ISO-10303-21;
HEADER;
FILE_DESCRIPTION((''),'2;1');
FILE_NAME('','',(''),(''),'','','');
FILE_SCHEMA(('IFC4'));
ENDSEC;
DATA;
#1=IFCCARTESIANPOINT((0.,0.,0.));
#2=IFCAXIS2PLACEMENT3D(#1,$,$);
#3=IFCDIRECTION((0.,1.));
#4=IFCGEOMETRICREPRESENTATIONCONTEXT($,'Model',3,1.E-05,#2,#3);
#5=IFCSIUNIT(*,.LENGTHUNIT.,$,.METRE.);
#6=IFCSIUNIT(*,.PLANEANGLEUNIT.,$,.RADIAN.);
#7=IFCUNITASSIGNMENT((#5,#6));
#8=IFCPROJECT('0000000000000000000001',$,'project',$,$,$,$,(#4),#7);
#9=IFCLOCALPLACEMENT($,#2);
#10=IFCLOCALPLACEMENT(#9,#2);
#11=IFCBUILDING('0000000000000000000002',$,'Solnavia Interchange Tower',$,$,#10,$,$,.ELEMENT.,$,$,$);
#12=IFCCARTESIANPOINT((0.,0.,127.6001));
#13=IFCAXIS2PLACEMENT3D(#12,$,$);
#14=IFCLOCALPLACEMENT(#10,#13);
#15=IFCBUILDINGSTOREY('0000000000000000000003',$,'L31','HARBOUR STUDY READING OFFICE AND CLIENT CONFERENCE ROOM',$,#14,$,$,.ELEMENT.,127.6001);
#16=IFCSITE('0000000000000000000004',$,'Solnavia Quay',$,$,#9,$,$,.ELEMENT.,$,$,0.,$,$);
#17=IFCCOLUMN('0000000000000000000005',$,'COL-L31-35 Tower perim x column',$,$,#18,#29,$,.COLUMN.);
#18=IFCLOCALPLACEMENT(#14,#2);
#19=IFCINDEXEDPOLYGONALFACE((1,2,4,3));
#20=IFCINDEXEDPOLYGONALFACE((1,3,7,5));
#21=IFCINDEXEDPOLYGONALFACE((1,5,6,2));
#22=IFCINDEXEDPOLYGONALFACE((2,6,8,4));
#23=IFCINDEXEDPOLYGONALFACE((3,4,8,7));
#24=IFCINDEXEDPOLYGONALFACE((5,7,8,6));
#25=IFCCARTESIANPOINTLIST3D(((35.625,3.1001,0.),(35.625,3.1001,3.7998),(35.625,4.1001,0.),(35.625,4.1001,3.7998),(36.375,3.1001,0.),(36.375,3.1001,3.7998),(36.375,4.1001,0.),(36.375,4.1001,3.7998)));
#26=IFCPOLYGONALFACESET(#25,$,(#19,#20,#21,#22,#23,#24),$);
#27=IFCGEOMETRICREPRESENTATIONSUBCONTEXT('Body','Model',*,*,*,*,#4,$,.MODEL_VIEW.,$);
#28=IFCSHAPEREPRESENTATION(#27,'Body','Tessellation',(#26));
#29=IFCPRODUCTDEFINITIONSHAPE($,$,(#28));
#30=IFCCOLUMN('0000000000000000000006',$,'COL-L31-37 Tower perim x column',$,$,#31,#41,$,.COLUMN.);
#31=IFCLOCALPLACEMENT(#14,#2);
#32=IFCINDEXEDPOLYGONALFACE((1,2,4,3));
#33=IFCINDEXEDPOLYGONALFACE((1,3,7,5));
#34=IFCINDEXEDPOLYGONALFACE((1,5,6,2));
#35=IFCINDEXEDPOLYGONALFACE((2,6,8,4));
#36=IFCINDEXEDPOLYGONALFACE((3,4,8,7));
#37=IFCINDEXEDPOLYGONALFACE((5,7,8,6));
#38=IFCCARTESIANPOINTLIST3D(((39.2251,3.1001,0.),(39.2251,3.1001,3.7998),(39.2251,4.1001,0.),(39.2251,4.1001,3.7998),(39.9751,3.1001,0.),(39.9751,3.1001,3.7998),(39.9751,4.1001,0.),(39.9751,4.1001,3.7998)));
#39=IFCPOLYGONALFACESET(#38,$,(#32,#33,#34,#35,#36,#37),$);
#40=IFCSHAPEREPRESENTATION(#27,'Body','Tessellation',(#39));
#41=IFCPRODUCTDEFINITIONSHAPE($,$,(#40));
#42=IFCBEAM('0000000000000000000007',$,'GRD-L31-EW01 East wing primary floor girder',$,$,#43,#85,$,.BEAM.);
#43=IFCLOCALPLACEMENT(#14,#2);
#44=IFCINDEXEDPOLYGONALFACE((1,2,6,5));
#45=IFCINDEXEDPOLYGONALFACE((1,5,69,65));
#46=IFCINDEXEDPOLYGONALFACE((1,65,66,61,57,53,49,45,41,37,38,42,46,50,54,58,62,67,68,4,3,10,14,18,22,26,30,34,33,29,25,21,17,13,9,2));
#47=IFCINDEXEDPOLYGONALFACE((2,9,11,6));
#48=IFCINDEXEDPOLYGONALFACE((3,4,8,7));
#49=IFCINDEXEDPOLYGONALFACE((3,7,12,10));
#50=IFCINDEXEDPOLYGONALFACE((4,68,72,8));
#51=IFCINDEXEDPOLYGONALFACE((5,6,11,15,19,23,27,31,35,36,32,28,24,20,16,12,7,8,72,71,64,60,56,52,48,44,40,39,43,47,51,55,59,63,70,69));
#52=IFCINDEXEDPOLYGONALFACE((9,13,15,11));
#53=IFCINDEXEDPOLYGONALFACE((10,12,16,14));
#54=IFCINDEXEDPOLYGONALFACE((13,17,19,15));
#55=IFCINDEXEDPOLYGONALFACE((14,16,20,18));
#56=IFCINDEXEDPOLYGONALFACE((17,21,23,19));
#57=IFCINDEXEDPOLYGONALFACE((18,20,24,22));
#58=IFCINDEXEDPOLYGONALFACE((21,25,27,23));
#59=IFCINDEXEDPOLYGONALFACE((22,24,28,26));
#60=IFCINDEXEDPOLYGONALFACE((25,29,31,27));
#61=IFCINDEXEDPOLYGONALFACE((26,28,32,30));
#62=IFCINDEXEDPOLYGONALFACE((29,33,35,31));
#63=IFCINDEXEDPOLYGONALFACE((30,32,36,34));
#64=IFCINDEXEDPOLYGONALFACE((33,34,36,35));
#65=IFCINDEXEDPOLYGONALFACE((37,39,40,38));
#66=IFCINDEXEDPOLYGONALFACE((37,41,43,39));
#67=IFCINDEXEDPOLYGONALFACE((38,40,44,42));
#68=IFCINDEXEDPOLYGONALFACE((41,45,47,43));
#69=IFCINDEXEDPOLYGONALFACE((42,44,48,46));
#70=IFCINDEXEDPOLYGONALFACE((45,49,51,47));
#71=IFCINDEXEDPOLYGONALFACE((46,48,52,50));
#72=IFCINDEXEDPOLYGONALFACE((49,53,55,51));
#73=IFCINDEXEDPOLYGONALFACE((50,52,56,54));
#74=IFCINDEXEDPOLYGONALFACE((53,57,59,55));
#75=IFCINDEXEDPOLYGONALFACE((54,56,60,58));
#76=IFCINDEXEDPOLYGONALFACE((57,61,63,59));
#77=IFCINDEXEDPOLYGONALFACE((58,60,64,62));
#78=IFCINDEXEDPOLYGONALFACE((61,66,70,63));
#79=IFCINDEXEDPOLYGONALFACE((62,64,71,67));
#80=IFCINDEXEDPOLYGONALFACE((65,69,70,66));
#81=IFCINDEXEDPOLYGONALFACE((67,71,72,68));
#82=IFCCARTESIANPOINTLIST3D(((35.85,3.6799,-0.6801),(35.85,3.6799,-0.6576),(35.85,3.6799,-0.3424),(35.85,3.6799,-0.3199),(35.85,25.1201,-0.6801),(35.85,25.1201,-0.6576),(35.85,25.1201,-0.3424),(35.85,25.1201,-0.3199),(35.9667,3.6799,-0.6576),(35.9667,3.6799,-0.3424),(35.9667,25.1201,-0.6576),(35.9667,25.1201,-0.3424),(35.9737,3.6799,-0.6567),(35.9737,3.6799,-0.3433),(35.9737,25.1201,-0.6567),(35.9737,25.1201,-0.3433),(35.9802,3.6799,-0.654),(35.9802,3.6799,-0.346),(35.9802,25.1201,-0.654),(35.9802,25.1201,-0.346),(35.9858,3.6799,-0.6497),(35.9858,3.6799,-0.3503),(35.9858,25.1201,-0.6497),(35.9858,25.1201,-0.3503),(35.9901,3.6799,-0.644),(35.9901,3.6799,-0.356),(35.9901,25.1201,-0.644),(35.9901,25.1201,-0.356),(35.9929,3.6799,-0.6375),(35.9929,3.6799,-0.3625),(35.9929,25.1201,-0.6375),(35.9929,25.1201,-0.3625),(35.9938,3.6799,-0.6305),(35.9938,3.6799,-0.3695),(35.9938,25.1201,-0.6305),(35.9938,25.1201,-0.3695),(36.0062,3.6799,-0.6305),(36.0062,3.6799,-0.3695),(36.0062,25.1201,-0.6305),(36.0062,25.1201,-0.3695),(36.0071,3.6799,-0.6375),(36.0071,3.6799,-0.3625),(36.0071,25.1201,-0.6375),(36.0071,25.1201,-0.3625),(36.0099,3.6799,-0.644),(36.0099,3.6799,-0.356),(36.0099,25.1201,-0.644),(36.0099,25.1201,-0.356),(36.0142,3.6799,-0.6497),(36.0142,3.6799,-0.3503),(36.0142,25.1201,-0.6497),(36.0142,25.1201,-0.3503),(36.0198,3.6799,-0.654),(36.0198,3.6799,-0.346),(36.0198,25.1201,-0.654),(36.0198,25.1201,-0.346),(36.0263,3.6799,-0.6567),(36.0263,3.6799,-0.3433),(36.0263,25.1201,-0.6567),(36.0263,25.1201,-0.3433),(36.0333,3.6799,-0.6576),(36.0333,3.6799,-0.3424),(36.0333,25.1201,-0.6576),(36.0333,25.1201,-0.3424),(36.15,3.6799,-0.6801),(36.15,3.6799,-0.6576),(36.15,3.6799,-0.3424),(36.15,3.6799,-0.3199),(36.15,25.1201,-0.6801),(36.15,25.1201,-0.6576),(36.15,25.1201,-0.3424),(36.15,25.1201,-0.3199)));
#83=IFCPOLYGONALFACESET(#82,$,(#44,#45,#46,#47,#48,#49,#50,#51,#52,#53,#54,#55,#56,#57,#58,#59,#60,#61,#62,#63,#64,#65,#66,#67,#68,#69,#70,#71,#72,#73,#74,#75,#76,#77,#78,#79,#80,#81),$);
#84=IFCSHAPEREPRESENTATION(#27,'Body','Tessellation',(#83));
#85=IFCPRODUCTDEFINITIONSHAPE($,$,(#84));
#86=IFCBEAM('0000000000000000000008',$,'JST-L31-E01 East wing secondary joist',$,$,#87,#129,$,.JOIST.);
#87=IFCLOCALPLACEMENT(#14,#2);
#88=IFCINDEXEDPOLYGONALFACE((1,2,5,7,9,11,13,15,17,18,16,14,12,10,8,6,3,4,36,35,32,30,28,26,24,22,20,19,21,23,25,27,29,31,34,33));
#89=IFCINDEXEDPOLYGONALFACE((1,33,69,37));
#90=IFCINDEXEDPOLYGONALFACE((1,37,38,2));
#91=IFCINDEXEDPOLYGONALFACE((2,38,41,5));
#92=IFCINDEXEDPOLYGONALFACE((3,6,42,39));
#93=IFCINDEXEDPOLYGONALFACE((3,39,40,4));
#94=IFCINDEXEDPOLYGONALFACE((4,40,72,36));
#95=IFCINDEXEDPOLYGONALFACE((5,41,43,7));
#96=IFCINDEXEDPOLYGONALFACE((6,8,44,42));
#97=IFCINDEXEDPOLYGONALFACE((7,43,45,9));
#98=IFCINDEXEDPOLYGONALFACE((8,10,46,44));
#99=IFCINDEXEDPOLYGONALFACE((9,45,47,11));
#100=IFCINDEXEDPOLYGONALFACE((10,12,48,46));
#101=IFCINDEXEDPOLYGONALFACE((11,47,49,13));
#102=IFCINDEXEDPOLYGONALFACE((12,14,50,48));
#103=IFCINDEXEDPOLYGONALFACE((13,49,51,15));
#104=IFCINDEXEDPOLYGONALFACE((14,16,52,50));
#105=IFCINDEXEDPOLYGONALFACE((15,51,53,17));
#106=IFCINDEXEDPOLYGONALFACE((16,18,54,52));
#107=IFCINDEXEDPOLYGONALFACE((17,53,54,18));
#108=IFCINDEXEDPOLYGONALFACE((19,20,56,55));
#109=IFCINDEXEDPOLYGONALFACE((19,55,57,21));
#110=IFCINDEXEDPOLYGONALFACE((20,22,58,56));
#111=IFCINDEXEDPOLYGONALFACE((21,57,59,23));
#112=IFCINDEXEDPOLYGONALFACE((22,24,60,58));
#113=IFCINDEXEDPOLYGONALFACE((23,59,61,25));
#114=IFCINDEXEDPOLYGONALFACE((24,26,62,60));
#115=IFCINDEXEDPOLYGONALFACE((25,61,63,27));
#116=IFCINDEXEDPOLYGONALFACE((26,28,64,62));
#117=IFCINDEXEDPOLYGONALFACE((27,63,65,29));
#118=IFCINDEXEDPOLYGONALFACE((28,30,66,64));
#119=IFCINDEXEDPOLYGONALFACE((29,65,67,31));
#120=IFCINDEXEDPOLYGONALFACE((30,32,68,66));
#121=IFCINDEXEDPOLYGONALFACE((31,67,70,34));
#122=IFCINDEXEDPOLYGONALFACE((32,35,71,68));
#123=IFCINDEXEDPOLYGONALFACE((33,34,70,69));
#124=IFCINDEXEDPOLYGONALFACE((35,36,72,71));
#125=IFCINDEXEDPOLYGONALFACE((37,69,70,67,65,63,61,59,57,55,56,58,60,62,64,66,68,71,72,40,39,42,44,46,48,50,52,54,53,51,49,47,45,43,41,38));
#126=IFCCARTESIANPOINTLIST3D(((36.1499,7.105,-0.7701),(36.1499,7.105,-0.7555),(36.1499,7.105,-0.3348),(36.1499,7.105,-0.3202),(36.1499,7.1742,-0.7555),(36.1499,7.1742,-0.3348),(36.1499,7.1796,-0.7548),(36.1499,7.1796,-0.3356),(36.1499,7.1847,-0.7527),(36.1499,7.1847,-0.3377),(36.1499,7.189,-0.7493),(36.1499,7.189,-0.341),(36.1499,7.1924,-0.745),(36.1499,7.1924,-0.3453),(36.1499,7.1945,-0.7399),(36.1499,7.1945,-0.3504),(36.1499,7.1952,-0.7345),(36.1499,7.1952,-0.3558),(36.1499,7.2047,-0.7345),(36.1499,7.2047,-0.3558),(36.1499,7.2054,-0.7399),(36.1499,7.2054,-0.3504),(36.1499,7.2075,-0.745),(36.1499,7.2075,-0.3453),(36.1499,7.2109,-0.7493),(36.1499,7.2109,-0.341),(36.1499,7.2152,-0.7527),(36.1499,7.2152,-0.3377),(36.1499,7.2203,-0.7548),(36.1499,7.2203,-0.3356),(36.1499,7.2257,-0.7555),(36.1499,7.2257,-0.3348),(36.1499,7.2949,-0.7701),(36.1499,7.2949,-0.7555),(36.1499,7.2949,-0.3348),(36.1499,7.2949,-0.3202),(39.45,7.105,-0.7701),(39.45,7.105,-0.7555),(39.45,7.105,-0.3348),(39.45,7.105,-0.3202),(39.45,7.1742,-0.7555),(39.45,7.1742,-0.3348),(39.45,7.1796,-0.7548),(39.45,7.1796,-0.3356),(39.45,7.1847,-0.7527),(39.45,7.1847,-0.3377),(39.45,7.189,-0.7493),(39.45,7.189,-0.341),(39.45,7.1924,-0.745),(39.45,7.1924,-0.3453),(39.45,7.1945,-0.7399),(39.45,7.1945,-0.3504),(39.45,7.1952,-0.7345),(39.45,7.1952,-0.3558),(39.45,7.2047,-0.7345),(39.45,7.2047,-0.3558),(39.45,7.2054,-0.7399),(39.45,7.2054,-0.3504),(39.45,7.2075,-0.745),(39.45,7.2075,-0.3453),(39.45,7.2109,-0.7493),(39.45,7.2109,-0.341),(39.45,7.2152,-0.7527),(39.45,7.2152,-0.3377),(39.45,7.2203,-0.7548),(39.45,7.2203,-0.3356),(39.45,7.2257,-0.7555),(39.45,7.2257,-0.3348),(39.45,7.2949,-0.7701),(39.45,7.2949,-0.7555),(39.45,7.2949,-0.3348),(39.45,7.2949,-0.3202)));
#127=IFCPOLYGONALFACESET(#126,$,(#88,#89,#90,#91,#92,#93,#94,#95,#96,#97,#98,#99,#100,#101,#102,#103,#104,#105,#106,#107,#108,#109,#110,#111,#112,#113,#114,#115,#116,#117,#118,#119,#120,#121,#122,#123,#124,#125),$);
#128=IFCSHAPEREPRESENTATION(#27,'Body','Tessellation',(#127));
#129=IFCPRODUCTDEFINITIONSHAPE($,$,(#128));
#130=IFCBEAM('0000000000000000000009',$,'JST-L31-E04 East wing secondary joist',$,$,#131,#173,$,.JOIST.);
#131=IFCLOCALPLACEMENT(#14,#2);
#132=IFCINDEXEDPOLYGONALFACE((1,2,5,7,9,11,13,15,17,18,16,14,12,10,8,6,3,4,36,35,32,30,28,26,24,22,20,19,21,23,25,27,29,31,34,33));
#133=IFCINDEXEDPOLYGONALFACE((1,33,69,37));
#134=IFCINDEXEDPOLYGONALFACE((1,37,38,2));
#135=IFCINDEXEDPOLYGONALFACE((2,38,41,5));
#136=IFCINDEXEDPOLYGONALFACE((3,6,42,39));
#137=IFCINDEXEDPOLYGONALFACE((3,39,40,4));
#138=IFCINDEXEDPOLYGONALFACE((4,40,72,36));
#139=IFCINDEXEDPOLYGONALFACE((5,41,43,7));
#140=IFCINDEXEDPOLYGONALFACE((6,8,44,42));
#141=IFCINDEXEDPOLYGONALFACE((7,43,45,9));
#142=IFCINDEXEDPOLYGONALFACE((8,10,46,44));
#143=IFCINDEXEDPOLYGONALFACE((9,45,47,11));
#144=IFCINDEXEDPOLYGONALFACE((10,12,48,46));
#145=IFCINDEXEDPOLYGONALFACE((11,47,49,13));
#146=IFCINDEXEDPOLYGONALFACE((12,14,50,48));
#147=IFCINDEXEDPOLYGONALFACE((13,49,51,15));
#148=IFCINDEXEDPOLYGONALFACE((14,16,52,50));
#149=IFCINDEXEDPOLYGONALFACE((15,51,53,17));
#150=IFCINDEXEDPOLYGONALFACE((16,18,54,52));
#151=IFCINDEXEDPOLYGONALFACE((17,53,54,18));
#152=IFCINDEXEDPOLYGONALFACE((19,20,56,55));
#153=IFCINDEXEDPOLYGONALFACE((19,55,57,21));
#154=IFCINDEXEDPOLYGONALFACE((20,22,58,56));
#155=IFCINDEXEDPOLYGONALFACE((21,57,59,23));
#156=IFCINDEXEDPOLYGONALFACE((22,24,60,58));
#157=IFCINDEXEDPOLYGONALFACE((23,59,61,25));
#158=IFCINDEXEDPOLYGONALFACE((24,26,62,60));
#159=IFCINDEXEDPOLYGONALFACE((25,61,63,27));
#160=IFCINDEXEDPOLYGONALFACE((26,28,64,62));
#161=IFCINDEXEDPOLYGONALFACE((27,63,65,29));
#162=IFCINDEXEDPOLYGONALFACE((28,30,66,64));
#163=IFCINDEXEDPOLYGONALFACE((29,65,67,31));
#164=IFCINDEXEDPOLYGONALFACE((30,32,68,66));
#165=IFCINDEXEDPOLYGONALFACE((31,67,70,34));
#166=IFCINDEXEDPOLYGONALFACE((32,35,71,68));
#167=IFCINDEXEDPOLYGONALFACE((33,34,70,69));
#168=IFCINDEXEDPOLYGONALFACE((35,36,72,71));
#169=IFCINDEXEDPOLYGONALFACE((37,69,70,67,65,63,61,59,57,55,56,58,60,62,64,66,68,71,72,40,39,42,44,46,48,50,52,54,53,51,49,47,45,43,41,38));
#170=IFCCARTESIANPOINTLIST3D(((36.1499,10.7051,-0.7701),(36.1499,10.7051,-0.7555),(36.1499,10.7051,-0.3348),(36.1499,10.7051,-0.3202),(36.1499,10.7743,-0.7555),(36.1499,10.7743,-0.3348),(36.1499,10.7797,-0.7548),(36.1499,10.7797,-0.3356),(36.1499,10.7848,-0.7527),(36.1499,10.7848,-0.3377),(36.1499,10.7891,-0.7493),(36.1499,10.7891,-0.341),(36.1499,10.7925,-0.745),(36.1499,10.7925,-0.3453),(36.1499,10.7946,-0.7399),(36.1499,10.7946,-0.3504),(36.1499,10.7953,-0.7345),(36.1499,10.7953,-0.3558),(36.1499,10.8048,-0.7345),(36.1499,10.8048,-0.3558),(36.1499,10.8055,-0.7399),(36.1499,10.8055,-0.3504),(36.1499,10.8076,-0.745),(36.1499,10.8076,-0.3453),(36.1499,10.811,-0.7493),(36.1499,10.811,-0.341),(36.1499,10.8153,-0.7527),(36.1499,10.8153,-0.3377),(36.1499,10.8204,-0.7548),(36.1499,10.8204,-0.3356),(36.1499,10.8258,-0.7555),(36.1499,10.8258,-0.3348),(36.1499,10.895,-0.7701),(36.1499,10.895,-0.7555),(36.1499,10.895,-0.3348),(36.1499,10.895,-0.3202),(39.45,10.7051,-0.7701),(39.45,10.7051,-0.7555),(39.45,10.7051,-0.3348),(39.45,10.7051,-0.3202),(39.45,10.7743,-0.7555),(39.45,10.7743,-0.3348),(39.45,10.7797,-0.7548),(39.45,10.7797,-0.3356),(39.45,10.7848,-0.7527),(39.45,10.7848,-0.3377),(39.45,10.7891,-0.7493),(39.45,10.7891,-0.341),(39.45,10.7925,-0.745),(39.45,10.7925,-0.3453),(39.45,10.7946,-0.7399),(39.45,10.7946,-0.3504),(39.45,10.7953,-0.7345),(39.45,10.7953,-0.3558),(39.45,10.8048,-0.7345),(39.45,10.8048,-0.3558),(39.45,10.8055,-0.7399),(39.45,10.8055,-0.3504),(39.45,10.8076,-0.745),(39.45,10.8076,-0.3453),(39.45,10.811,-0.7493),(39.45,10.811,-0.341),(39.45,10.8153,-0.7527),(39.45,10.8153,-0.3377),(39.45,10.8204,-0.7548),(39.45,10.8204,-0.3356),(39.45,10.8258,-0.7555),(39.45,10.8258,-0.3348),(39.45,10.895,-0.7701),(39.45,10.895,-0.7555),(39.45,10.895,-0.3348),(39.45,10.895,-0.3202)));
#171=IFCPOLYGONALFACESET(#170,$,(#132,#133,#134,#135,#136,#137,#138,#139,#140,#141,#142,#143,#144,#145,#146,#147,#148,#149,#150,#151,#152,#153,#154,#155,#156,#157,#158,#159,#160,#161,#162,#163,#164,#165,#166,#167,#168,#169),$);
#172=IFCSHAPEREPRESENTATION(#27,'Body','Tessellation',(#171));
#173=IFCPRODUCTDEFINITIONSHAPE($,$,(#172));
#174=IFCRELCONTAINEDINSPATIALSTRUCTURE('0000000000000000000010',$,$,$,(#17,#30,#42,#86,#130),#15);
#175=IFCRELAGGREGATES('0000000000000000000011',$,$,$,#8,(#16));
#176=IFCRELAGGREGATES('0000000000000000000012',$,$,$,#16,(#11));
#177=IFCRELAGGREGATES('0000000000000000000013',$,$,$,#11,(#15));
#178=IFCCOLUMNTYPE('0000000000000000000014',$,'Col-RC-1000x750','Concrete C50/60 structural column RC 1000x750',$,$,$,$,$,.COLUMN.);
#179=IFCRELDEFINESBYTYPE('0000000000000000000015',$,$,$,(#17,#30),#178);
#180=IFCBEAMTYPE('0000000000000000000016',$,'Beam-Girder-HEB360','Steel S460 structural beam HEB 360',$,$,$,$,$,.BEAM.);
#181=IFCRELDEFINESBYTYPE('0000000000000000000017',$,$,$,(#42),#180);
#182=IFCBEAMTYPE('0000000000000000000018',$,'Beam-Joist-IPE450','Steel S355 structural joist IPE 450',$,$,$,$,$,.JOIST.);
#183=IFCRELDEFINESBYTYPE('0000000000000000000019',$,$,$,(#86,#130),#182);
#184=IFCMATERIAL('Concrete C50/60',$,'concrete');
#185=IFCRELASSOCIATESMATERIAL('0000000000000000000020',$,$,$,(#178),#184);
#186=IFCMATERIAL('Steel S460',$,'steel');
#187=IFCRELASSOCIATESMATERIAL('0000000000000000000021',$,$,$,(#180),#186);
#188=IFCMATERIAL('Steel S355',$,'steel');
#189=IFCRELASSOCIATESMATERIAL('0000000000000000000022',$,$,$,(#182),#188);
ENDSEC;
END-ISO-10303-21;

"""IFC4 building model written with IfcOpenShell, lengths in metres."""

from ifc_helpers import new_model, si_unit, direction, frame, origin, origin_2d, place, context, subcontext, project, spatial, rectangle, i_section, extrude, material, material_profile, profile_set, type_object, element, save


model = new_model("IFC4")

# Units and contexts
model_context = context("Model", 3, precision=1e-05, world=origin(), true_north=direction((0.0, 1.0)))
body_context = subcontext(model_context, "Body", "Model", "MODEL_VIEW")
ifc_project = project(units=[si_unit("LENGTHUNIT", "METRE"), si_unit("PLANEANGLEUNIT", "RADIAN")], contexts=[model_context])

# Site, building, storey
site_placement = place(None, origin())
site = spatial("IfcSite", under=ifc_project, at=site_placement, Name="Solnavia Quay", CompositionType="ELEMENT", RefElevation=0.0)
building_placement = place(site_placement, origin())
building = spatial("IfcBuilding", under=site, at=building_placement, Name="Solnavia Interchange Tower", CompositionType="ELEMENT")
storey_placement = place(building_placement, frame((0.0, 0.0, 127.6001)))
storey = spatial("IfcBuildingStorey", under=building, at=storey_placement, Name="L31", Description="HARBOUR STUDY READING OFFICE AND CLIENT CONFERENCE ROOM", CompositionType="ELEMENT", Elevation=127.6001)

# Columns
ifc_material_1 = material(Name="Concrete C50/60", Category="concrete")
ifc_material_profile_1 = material_profile(ifc_material_1, rectangle(XDim=0.75, YDim=1.0, at=origin_2d()), Name="RC 1000x750")
ifc_profile_set_1 = profile_set([ifc_material_profile_1], Name="Concrete C50/60")
column_type = type_object("IfcColumnType", Name="Col-RC-1000x750", Description="Concrete C50/60 structural column RC 1000x750", PredefinedType="COLUMN", material=ifc_profile_set_1)
for number, where, z_axis, x_axis, name in (
    (1, (36.0, 3.6001, 0.0), (0.0, 0.0, 1.0), (1.0, 0.0, 0.0), "COL-L31-35 Tower perim x column"),
    (2, (39.6001, 3.6001, 0.0), (0.0, 0.0, 1.0), (1.0, 0.0, 0.0), "COL-L31-37 Tower perim x column"),
):
    element("IfcColumn", number, at=place(storey_placement, frame(where, z_axis=z_axis, x_axis=x_axis)), inside=storey, type_object=column_type, Name=name, PredefinedType="COLUMN", context=body_context, shape_type="SweptSolid", body=[
        extrude(rectangle(XDim=0.75, YDim=1.0, at=origin_2d()), origin(), (0.0, 0.0, 1.0), 3.7998),
    ])

# Beams
ifc_material_2 = material(Name="Steel S460", Category="steel")
ifc_material_profile_2 = material_profile(ifc_material_2, i_section(OverallWidth=0.3, OverallDepth=0.3601, WebThickness=0.0125, FlangeThickness=0.0225, FilletRadius=0.0271, at=origin_2d()), Name="HEB 360")
ifc_profile_set_2 = profile_set([ifc_material_profile_2], Name="Steel S460")
beam_type_1 = type_object("IfcBeamType", Name="Beam-Girder-HEB360", Description="Steel S460 structural beam HEB 360", PredefinedType="BEAM", material=ifc_profile_set_2)
beam_1_placement = place(storey_placement, frame((36.0, 3.6799, -0.5), z_axis=(0.0, 1.0, 0.0), x_axis=(-1.0, 0.0, 0.0)))
element("IfcBeam", 3, at=beam_1_placement, inside=storey, type_object=beam_type_1, Name="GRD-L31-EW01 East wing primary floor girder", PredefinedType="BEAM", context=body_context, shape_type="SweptSolid", body=[
    extrude(i_section(OverallWidth=0.3, OverallDepth=0.3601, WebThickness=0.0125, FlangeThickness=0.0225, FilletRadius=0.0271, at=origin_2d()), origin(), (0.0, 0.0, 1.0), 21.4402),
])
ifc_material_3 = material(Name="Steel S355", Category="steel")
ifc_material_profile_3 = material_profile(ifc_material_3, i_section(OverallWidth=0.1899, OverallDepth=0.45, WebThickness=0.0095, FlangeThickness=0.0146, FilletRadius=0.021, at=origin_2d()), Name="IPE 450")
ifc_profile_set_3 = profile_set([ifc_material_profile_3], Name="Steel S355")
beam_type_2 = type_object("IfcBeamType", Name="Beam-Joist-IPE450", Description="Steel S355 structural joist IPE 450", PredefinedType="JOIST", material=ifc_profile_set_3)
for number, where, z_axis, x_axis, name in (
    (4, (36.1499, 7.2, -0.5452), (1.0, 0.0, 0.0), (0.0, 1.0, 0.0), "JST-L31-E01 East wing secondary joist"),
    (5, (36.1499, 10.8, -0.5452), (1.0, 0.0, 0.0), (0.0, 1.0, 0.0), "JST-L31-E04 East wing secondary joist"),
):
    element("IfcBeam", number, at=place(storey_placement, frame(where, z_axis=z_axis, x_axis=x_axis)), inside=storey, type_object=beam_type_2, Name=name, PredefinedType="JOIST", context=body_context, shape_type="SweptSolid", body=[
        extrude(i_section(OverallWidth=0.1899, OverallDepth=0.45, WebThickness=0.0095, FlangeThickness=0.0146, FilletRadius=0.021, at=origin_2d()), origin(), (0.0, 0.0, 1.0), 3.3),
    ])

save(model, "model.ifc")
